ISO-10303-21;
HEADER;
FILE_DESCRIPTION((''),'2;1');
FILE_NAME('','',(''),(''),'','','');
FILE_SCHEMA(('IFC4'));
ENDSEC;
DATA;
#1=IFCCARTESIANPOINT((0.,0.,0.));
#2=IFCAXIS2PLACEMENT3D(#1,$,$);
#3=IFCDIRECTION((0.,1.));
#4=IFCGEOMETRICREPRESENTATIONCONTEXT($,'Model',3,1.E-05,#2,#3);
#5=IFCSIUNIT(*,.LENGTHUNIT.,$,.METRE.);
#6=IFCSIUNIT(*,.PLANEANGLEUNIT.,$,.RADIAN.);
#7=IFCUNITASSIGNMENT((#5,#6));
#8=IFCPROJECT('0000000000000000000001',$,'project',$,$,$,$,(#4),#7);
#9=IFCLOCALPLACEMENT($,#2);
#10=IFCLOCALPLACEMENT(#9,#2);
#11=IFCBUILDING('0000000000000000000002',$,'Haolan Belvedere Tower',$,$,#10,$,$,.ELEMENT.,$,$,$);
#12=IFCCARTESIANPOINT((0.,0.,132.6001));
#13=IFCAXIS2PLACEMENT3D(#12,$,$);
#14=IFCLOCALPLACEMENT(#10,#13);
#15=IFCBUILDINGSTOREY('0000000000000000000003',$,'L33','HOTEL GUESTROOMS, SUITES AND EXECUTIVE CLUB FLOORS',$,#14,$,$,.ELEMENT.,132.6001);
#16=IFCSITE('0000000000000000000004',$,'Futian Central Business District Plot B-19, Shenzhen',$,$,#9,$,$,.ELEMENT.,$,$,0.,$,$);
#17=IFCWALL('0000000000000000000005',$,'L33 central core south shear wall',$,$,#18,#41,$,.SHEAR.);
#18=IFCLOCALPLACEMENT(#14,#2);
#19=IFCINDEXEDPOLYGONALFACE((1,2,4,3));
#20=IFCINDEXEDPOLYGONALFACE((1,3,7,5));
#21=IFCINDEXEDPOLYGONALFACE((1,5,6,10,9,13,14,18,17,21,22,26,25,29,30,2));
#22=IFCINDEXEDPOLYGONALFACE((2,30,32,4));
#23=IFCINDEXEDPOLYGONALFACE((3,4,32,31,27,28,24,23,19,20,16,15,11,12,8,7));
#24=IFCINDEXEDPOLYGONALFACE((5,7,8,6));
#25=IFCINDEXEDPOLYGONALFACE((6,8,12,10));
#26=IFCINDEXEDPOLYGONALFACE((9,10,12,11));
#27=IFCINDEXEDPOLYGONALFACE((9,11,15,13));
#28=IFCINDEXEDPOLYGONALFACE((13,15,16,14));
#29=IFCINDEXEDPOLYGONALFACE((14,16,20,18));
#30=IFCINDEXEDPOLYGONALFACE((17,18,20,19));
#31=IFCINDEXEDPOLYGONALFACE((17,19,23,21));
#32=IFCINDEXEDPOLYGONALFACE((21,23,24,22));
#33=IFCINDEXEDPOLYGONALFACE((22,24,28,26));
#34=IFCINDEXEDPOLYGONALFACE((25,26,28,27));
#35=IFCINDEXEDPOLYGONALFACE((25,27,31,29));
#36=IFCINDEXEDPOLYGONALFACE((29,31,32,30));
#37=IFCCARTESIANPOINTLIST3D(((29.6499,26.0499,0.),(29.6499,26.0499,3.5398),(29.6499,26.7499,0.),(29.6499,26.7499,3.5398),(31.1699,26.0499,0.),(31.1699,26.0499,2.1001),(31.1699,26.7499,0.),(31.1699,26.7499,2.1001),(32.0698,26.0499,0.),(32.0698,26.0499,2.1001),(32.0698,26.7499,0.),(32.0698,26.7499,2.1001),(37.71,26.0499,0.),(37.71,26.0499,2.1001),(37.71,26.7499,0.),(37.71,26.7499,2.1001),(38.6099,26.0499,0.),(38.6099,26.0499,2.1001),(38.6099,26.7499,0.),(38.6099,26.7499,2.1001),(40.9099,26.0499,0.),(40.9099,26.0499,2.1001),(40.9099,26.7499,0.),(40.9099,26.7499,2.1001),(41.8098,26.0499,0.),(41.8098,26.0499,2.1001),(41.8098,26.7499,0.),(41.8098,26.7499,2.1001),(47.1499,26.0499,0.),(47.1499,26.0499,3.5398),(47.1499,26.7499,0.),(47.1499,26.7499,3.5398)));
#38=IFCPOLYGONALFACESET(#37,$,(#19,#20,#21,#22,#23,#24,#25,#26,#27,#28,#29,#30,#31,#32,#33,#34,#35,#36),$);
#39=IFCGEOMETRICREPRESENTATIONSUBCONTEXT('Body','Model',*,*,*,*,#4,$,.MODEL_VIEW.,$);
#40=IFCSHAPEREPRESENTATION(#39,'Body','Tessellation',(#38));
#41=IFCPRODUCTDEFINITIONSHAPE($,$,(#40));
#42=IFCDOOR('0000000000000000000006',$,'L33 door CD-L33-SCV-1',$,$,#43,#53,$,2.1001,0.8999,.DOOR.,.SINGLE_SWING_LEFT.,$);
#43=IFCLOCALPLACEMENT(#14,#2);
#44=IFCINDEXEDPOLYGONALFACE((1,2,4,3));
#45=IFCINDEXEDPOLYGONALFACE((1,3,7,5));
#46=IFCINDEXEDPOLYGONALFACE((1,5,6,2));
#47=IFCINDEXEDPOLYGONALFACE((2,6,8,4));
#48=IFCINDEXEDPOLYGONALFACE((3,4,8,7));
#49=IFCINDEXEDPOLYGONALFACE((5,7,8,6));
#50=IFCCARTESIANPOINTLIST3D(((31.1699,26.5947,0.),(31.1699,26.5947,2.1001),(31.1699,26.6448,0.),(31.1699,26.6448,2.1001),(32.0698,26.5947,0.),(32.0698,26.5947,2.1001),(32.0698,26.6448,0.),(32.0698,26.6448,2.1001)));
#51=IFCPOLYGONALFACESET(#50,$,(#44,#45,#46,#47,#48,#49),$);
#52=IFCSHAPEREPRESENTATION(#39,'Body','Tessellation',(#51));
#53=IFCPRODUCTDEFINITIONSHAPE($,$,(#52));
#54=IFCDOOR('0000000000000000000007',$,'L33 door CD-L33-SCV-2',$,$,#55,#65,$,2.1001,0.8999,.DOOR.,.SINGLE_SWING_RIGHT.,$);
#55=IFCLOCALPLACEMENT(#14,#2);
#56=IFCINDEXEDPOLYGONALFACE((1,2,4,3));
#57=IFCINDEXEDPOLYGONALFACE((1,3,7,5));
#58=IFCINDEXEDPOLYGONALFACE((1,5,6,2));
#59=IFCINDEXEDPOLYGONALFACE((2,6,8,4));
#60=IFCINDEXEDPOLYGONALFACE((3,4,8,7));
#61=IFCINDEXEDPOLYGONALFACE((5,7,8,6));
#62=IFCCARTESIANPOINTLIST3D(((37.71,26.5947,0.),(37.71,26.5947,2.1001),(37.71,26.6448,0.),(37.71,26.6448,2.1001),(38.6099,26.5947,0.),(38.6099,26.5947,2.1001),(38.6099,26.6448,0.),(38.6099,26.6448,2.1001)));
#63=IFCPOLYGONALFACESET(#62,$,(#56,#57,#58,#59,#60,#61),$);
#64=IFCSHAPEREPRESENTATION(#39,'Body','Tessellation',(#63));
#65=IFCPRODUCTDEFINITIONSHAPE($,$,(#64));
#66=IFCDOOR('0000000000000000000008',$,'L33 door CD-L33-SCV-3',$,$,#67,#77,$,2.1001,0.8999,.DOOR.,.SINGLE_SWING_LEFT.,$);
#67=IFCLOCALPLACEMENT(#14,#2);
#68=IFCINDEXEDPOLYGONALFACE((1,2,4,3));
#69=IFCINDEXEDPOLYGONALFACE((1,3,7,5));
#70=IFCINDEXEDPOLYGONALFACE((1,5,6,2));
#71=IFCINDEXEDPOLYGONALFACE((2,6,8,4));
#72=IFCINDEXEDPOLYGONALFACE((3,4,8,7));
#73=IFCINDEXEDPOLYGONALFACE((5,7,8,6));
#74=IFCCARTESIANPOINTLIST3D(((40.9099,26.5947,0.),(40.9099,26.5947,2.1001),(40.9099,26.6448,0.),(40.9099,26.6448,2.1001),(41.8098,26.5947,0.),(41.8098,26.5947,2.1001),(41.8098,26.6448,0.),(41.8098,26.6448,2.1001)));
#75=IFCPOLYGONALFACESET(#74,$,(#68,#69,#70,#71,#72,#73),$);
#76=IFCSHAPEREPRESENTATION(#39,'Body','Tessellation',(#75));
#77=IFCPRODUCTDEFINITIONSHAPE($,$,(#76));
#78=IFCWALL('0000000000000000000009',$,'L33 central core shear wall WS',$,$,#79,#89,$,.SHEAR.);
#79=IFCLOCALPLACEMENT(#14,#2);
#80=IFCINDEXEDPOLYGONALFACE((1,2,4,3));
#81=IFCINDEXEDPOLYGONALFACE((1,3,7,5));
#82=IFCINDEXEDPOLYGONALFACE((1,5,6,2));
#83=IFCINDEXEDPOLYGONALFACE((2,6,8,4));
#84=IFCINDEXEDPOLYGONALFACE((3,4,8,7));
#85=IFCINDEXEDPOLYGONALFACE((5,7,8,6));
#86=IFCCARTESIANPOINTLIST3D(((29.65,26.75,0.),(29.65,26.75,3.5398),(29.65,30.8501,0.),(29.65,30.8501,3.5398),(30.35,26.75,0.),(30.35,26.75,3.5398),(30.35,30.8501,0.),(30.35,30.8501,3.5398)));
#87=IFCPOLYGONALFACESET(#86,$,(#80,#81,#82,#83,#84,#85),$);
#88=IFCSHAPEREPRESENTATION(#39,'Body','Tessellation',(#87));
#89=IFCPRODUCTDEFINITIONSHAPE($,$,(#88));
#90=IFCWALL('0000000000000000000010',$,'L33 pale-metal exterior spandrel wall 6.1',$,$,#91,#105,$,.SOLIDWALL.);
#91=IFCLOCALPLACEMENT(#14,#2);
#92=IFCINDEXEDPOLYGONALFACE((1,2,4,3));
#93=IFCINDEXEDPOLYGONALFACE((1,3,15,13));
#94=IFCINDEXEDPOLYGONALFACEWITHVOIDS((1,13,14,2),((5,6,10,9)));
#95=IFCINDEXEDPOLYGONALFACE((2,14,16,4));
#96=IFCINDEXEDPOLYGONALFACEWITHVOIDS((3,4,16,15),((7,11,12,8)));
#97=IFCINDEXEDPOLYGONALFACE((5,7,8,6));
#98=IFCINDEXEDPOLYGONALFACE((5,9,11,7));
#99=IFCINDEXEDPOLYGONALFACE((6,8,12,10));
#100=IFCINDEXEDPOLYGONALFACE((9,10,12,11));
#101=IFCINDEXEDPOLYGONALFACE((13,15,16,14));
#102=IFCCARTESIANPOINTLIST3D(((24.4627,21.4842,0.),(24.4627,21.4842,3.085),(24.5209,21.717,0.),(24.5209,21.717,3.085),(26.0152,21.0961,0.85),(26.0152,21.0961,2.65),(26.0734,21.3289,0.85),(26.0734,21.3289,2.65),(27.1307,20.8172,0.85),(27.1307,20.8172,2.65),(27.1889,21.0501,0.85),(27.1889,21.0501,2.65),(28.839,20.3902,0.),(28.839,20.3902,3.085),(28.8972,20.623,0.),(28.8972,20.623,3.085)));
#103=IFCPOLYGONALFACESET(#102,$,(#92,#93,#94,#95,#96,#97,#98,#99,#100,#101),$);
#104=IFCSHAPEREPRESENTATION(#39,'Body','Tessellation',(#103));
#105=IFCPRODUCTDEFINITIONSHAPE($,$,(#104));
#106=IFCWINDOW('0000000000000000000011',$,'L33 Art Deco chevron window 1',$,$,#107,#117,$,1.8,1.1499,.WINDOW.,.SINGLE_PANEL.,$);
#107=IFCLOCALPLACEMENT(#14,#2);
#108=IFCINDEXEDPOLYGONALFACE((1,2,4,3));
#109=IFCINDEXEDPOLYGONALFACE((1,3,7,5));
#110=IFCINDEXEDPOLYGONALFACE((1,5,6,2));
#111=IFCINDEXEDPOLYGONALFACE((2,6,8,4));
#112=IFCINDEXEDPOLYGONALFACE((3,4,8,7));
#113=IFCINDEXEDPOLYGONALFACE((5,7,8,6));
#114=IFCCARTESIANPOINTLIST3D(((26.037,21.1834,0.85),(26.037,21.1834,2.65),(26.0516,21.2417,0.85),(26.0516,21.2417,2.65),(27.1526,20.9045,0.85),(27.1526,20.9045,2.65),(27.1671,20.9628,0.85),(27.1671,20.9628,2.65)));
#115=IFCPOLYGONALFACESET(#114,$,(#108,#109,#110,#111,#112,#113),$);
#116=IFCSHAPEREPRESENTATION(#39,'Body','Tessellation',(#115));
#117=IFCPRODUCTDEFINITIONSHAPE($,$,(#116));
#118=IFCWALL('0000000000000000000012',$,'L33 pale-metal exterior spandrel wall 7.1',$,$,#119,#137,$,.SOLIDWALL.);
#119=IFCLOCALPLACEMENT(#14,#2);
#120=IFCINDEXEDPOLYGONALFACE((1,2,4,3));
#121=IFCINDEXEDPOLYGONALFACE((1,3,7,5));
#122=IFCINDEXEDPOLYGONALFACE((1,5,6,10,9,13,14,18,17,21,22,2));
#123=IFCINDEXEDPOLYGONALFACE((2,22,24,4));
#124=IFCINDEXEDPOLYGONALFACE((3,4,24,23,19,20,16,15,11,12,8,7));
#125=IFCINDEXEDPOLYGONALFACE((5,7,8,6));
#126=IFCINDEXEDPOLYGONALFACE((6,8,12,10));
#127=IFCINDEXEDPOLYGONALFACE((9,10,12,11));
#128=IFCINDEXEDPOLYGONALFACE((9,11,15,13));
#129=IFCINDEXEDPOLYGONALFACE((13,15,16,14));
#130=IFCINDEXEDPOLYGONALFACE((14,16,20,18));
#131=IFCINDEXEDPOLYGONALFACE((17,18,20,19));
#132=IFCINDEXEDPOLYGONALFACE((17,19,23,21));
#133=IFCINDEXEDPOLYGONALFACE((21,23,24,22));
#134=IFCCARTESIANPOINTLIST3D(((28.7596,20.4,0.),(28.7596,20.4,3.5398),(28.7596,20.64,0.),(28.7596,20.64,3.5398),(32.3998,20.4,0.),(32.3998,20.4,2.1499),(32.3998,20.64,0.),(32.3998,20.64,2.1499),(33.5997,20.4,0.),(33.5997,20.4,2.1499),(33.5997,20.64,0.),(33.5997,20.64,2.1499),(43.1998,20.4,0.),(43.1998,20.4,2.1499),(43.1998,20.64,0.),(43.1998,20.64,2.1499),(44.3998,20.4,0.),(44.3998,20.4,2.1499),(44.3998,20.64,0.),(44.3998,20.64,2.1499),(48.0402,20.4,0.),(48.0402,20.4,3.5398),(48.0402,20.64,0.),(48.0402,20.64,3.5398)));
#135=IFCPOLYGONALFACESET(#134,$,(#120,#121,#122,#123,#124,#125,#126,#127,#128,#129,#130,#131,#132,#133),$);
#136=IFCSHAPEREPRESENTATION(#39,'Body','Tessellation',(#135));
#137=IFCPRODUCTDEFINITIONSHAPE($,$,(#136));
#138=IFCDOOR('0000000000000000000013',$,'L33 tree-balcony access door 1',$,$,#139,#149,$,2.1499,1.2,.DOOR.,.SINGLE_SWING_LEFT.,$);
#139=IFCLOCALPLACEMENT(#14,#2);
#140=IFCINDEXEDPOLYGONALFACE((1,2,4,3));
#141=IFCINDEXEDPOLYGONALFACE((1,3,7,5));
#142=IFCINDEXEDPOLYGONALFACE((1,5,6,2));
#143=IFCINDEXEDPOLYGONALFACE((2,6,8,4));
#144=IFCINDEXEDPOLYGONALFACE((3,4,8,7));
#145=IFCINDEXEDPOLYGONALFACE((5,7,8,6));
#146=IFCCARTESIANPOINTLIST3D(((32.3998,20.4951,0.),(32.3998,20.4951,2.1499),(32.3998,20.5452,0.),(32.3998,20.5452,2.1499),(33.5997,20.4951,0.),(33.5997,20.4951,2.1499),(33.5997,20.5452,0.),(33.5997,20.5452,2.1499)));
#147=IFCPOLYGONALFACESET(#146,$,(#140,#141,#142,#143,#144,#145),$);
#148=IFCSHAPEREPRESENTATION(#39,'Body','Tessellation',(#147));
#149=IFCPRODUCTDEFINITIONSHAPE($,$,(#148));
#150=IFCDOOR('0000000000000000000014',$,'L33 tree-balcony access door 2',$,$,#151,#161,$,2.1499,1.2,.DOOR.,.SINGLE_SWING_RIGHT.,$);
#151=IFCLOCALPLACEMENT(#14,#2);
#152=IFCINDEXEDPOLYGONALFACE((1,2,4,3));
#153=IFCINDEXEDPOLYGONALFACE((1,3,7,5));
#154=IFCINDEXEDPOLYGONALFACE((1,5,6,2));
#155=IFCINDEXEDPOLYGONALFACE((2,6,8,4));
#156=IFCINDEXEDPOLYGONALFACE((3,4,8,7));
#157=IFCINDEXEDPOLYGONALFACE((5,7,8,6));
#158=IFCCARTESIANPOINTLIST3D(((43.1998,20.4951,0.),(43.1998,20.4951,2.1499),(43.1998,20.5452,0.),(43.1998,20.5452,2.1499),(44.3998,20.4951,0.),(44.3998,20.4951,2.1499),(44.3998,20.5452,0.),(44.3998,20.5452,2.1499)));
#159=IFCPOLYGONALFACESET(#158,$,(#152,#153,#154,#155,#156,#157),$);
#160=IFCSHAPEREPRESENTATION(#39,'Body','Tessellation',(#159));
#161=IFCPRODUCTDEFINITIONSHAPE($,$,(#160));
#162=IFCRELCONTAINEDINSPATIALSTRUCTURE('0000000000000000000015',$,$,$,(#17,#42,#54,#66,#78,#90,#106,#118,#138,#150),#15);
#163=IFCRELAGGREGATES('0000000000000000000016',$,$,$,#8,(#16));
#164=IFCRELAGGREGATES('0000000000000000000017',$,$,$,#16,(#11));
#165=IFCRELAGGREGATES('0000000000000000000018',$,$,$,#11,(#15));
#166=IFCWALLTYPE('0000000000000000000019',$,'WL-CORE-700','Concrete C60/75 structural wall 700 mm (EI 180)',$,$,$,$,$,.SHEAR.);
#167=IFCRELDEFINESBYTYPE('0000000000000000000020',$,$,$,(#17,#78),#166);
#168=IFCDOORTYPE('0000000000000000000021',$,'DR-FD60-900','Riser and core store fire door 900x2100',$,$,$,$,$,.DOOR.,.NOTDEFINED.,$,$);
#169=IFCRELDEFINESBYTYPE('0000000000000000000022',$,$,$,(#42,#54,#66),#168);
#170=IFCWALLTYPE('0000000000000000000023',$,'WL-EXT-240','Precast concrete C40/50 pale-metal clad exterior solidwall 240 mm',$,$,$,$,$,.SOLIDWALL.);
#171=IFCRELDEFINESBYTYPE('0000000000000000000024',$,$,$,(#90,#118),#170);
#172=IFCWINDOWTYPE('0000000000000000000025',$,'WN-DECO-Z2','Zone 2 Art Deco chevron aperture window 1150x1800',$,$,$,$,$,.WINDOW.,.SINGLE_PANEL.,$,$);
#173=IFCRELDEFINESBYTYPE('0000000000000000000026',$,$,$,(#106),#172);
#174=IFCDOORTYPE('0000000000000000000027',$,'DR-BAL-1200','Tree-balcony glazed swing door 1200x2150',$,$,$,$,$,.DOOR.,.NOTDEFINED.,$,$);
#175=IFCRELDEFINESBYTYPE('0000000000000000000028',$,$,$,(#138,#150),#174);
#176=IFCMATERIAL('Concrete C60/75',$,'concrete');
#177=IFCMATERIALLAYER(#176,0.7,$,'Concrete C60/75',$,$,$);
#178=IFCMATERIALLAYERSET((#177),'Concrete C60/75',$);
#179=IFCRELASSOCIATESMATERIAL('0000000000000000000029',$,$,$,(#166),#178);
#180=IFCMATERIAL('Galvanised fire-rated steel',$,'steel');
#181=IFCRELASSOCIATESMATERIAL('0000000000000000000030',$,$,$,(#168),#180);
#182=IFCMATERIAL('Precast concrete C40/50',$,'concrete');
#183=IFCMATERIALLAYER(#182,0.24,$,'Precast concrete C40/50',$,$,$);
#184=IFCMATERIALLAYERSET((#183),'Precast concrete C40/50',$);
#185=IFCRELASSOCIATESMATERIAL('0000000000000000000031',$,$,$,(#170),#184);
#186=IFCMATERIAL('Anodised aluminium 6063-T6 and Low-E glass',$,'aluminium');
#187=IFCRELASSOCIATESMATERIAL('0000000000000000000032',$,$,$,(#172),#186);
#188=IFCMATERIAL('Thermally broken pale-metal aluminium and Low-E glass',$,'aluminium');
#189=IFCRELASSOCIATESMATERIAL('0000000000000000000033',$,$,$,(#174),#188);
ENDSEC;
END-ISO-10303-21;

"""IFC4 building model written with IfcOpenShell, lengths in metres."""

from ifc_helpers import new_model, si_unit, direction, frame, frame_2d, origin, place, context, subcontext, project, spatial, rectangle, extrude, material, layer, layer_set, type_object, element, fill, save


model = new_model("IFC4")

# Units and contexts
model_context = context("Model", 3, precision=1e-05, world=origin(), true_north=direction((0.0, 1.0)))
body_context = subcontext(model_context, "Body", "Model", "MODEL_VIEW")
ifc_project = project(units=[si_unit("LENGTHUNIT", "METRE"), si_unit("PLANEANGLEUNIT", "RADIAN")], contexts=[model_context])

# Site, building, storey
site_placement = place(None, origin())
site = spatial("IfcSite", under=ifc_project, at=site_placement, Name="Futian Central Business District Plot B-19, Shenzhen", CompositionType="ELEMENT", RefElevation=0.0)
building_placement = place(site_placement, origin())
building = spatial("IfcBuilding", under=site, at=building_placement, Name="Haolan Belvedere Tower", CompositionType="ELEMENT")
storey_placement = place(building_placement, frame((0.0, 0.0, 132.6001)))
storey = spatial("IfcBuildingStorey", under=building, at=storey_placement, Name="L33", Description="HOTEL GUESTROOMS, SUITES AND EXECUTIVE CLUB FLOORS", CompositionType="ELEMENT", Elevation=132.6001)

# Wall, openings, doors
ifc_material_1 = material(Name="Concrete C60/75", Category="concrete")
ifc_layer_1 = layer(ifc_material_1, 0.7, Name="Concrete C60/75")
ifc_layer_set_1 = layer_set([ifc_layer_1], Name="Concrete C60/75")
wall_type_1 = type_object("IfcWallType", Name="WL-CORE-700", Description="Concrete C60/75 structural wall 700 mm (EI 180)", PredefinedType="SHEAR", material=ifc_layer_set_1)
wall_1_placement = place(storey_placement, frame((29.6499, 26.3999, 0.0), z_axis=(0.0, 0.0, 1.0), x_axis=(1.0, 0.0, 0.0)))
wall_1 = element("IfcWall", 1, at=wall_1_placement, inside=storey, type_object=wall_type_1, Name="L33 central core south shear wall", PredefinedType="SHEAR", context=body_context, shape_type="SweptSolid", body=[
    extrude(rectangle(XDim=17.5, YDim=0.7, at=frame_2d((8.75, 0.0))), origin(), (0.0, 0.0, 1.0), 3.5398),
])
opening_1_placement = place(wall_1_placement, frame((2.4199, 0.0, 0.0), z_axis=(0.0, 0.0, 1.0), x_axis=(-1.0, 0.0, 0.0)))
opening_1 = element("IfcOpeningElement", 2, at=opening_1_placement, cuts=wall_1, PredefinedType="OPENING", context=body_context, shape_type="SweptSolid", body=[
    extrude(rectangle(XDim=0.8999, YDim=2.1001, at=frame_2d((0.45, 1.05))), frame((0.0, 0.3599, 0.0), z_axis=(0.0, -1.0, 0.0), x_axis=(1.0, 0.0, 0.0)), (0.0, 0.0, 1.0), 0.72),
])
opening_2_placement = place(wall_1_placement, frame((8.96, 0.0, 0.0), z_axis=(0.0, 0.0, 1.0), x_axis=(-1.0, 0.0, 0.0)))
opening_2 = element("IfcOpeningElement", 3, at=opening_2_placement, cuts=wall_1, PredefinedType="OPENING", context=body_context, shape_type="SweptSolid", body=[
    extrude(rectangle(XDim=0.8999, YDim=2.1001, at=frame_2d((0.45, 1.05))), frame((0.0, 0.3599, 0.0), z_axis=(0.0, -1.0, 0.0), x_axis=(1.0, 0.0, 0.0)), (0.0, 0.0, 1.0), 0.72),
])
opening_3_placement = place(wall_1_placement, frame((12.1599, 0.0, 0.0), z_axis=(0.0, 0.0, 1.0), x_axis=(-1.0, 0.0, 0.0)))
opening_3 = element("IfcOpeningElement", 4, at=opening_3_placement, cuts=wall_1, PredefinedType="OPENING", context=body_context, shape_type="SweptSolid", body=[
    extrude(rectangle(XDim=0.8999, YDim=2.1001, at=frame_2d((0.45, 1.05))), frame((0.0, 0.3599, 0.0), z_axis=(0.0, -1.0, 0.0), x_axis=(1.0, 0.0, 0.0)), (0.0, 0.0, 1.0), 0.72),
])
ifc_material_2 = material(Name="Galvanised fire-rated steel", Category="steel")
door_type_1 = type_object("IfcDoorType", Name="DR-FD60-900", Description="Riser and core store fire door 900x2100", OperationType="NOTDEFINED", PredefinedType="DOOR", material=ifc_material_2)
door_1_placement = place(opening_1_placement, origin())
door_1 = element("IfcDoor", 5, at=door_1_placement, inside=storey, type_object=door_type_1, Name="L33 door CD-L33-SCV-1", OperationType="SINGLE_SWING_LEFT", OverallHeight=2.1001, OverallWidth=0.8999, PredefinedType="DOOR", context=body_context, shape_type="SweptSolid", body=[
    extrude(rectangle(XDim=0.8999, YDim=2.1001, at=frame_2d((0.45, 1.05))), frame((0.0, -0.1948, 0.0), z_axis=(0.0, -1.0, 0.0), x_axis=(1.0, 0.0, 0.0)), (0.0, 0.0, 1.0), 0.05),
])
fill(opening_1, door_1)
door_2_placement = place(opening_2_placement, origin())
door_2 = element("IfcDoor", 6, at=door_2_placement, inside=storey, type_object=door_type_1, Name="L33 door CD-L33-SCV-2", OperationType="SINGLE_SWING_RIGHT", OverallHeight=2.1001, OverallWidth=0.8999, PredefinedType="DOOR", context=body_context, shape_type="SweptSolid", body=[
    extrude(rectangle(XDim=0.8999, YDim=2.1001, at=frame_2d((0.45, 1.05))), frame((0.0, -0.1948, 0.0), z_axis=(0.0, -1.0, 0.0), x_axis=(1.0, 0.0, 0.0)), (0.0, 0.0, 1.0), 0.05),
])
fill(opening_2, door_2)
door_3_placement = place(opening_3_placement, origin())
door_3 = element("IfcDoor", 7, at=door_3_placement, inside=storey, type_object=door_type_1, Name="L33 door CD-L33-SCV-3", OperationType="SINGLE_SWING_LEFT", OverallHeight=2.1001, OverallWidth=0.8999, PredefinedType="DOOR", context=body_context, shape_type="SweptSolid", body=[
    extrude(rectangle(XDim=0.8999, YDim=2.1001, at=frame_2d((0.45, 1.05))), frame((0.0, -0.1948, 0.0), z_axis=(0.0, -1.0, 0.0), x_axis=(1.0, 0.0, 0.0)), (0.0, 0.0, 1.0), 0.05),
])
fill(opening_3, door_3)

# Wall
wall_2_placement = place(storey_placement, frame((30.0, 26.75, 0.0), z_axis=(0.0, 0.0, 1.0), x_axis=(0.0, 1.0, 0.0)))
element("IfcWall", 8, at=wall_2_placement, inside=storey, type_object=wall_type_1, Name="L33 central core shear wall WS", PredefinedType="SHEAR", context=body_context, shape_type="SweptSolid", body=[
    extrude(rectangle(XDim=4.1001, YDim=0.7, at=frame_2d((2.05, 0.0))), origin(), (0.0, 0.0, 1.0), 3.5398),
])

# Wall, opening, window
ifc_material_3 = material(Name="Precast concrete C40/50", Category="concrete")
ifc_layer_2 = layer(ifc_material_3, 0.24, Name="Precast concrete C40/50")
ifc_layer_set_2 = layer_set([ifc_layer_2], Name="Precast concrete C40/50")
wall_type_2 = type_object("IfcWallType", Name="WL-EXT-240", Description="Precast concrete C40/50 pale-metal clad exterior solidwall 240 mm", PredefinedType="SOLIDWALL", material=ifc_layer_set_2)
wall_3_placement = place(storey_placement, frame((24.4919, 21.6006, 0.0), z_axis=(0.0, 0.0, 1.0), x_axis=(0.970146, -0.242523, 0.0)))
wall_3 = element("IfcWall", 9, at=wall_3_placement, inside=storey, type_object=wall_type_2, Name="L33 pale-metal exterior spandrel wall 6.1", PredefinedType="SOLIDWALL", context=body_context, shape_type="SweptSolid", body=[
    extrude(rectangle(XDim=4.511, YDim=0.24, at=frame_2d((2.2554, 0.0))), origin(), (0.0, 0.0, 1.0), 3.085),
])
opening_4_placement = place(wall_3_placement, frame((1.6001, 0.0, 0.8501)))
opening_4 = element("IfcOpeningElement", 10, at=opening_4_placement, cuts=wall_3, PredefinedType="OPENING", context=body_context, shape_type="SweptSolid", body=[
    extrude(rectangle(XDim=1.1499, YDim=1.8, at=frame_2d((0.575, 0.8999))), frame((0.0, 0.1299, 0.0), z_axis=(0.0, -1.0, 0.0), x_axis=(1.0, 0.0, 0.0)), (0.0, 0.0, 1.0), 0.26),
])
ifc_material_4 = material(Name="Anodised aluminium 6063-T6 and Low-E glass", Category="aluminium")
window_type = type_object("IfcWindowType", Name="WN-DECO-Z2", Description="Zone 2 Art Deco chevron aperture window 1150x1800", PartitioningType="SINGLE_PANEL", PredefinedType="WINDOW", material=ifc_material_4)
window_placement = place(opening_4_placement, origin())
window = element("IfcWindow", 11, at=window_placement, inside=storey, type_object=window_type, Name="L33 Art Deco chevron window 1", OverallHeight=1.8, OverallWidth=1.1499, PartitioningType="SINGLE_PANEL", PredefinedType="WINDOW", context=body_context, shape_type="SweptSolid", body=[
    extrude(rectangle(XDim=1.1499, YDim=1.8, at=frame_2d((0.575, 0.8999))), frame((0.0, 0.03, 0.0), z_axis=(0.0, -1.0, 0.0), x_axis=(1.0, 0.0, 0.0)), (0.0, 0.0, 1.0), 0.0601),
])
fill(opening_4, window)

# Wall, openings, doors
wall_4_placement = place(storey_placement, frame((28.7598, 20.52, 0.0), z_axis=(0.0, 0.0, 1.0), x_axis=(1.0, 0.0, 0.0)))
wall_4 = element("IfcWall", 12, at=wall_4_placement, inside=storey, type_object=wall_type_2, Name="L33 pale-metal exterior spandrel wall 7.1", PredefinedType="SOLIDWALL", context=body_context, shape_type="SweptSolid", body=[
    extrude(rectangle(XDim=19.2805, YDim=0.24, at=frame_2d((9.6401, 0.0))), origin(), (0.0, 0.0, 1.0), 3.5398),
])
opening_5_placement = place(wall_4_placement, frame((4.8401, 0.0, 0.0), z_axis=(0.0, 0.0, 1.0), x_axis=(-1.0, 0.0, 0.0)))
opening_5 = element("IfcOpeningElement", 13, at=opening_5_placement, cuts=wall_4, PredefinedType="OPENING", context=body_context, shape_type="SweptSolid", body=[
    extrude(rectangle(XDim=1.2, YDim=2.1499, at=frame_2d((0.6001, 1.075))), frame((0.0, 0.1299, 0.0), z_axis=(0.0, -1.0, 0.0), x_axis=(1.0, 0.0, 0.0)), (0.0, 0.0, 1.0), 0.26),
])
opening_6_placement = place(wall_4_placement, frame((15.6401, 0.0, 0.0), z_axis=(0.0, 0.0, 1.0), x_axis=(-1.0, 0.0, 0.0)))
opening_6 = element("IfcOpeningElement", 14, at=opening_6_placement, cuts=wall_4, PredefinedType="OPENING", context=body_context, shape_type="SweptSolid", body=[
    extrude(rectangle(XDim=1.2, YDim=2.1499, at=frame_2d((0.6001, 1.075))), frame((0.0, 0.1299, 0.0), z_axis=(0.0, -1.0, 0.0), x_axis=(1.0, 0.0, 0.0)), (0.0, 0.0, 1.0), 0.26),
])
ifc_material_5 = material(Name="Thermally broken pale-metal aluminium and Low-E glass", Category="aluminium")
door_type_2 = type_object("IfcDoorType", Name="DR-BAL-1200", Description="Tree-balcony glazed swing door 1200x2150", OperationType="NOTDEFINED", PredefinedType="DOOR", material=ifc_material_5)
door_4_placement = place(opening_5_placement, origin())
door_4 = element("IfcDoor", 15, at=door_4_placement, inside=storey, type_object=door_type_2, Name="L33 tree-balcony access door 1", OperationType="SINGLE_SWING_LEFT", OverallHeight=2.1499, OverallWidth=1.2, PredefinedType="DOOR", context=body_context, shape_type="SweptSolid", body=[
    extrude(rectangle(XDim=1.2, YDim=2.1499, at=frame_2d((0.6001, 1.075))), frame((0.0, 0.0249, 0.0), z_axis=(0.0, -1.0, 0.0), x_axis=(1.0, 0.0, 0.0)), (0.0, 0.0, 1.0), 0.05),
])
fill(opening_5, door_4)
door_5_placement = place(opening_6_placement, origin())
door_5 = element("IfcDoor", 16, at=door_5_placement, inside=storey, type_object=door_type_2, Name="L33 tree-balcony access door 2", OperationType="SINGLE_SWING_RIGHT", OverallHeight=2.1499, OverallWidth=1.2, PredefinedType="DOOR", context=body_context, shape_type="SweptSolid", body=[
    extrude(rectangle(XDim=1.2, YDim=2.1499, at=frame_2d((0.6001, 1.075))), frame((0.0, 0.0249, 0.0), z_axis=(0.0, -1.0, 0.0), x_axis=(1.0, 0.0, 0.0)), (0.0, 0.0, 1.0), 0.05),
])
fill(opening_6, door_5)

save(model, "model.ifc")
